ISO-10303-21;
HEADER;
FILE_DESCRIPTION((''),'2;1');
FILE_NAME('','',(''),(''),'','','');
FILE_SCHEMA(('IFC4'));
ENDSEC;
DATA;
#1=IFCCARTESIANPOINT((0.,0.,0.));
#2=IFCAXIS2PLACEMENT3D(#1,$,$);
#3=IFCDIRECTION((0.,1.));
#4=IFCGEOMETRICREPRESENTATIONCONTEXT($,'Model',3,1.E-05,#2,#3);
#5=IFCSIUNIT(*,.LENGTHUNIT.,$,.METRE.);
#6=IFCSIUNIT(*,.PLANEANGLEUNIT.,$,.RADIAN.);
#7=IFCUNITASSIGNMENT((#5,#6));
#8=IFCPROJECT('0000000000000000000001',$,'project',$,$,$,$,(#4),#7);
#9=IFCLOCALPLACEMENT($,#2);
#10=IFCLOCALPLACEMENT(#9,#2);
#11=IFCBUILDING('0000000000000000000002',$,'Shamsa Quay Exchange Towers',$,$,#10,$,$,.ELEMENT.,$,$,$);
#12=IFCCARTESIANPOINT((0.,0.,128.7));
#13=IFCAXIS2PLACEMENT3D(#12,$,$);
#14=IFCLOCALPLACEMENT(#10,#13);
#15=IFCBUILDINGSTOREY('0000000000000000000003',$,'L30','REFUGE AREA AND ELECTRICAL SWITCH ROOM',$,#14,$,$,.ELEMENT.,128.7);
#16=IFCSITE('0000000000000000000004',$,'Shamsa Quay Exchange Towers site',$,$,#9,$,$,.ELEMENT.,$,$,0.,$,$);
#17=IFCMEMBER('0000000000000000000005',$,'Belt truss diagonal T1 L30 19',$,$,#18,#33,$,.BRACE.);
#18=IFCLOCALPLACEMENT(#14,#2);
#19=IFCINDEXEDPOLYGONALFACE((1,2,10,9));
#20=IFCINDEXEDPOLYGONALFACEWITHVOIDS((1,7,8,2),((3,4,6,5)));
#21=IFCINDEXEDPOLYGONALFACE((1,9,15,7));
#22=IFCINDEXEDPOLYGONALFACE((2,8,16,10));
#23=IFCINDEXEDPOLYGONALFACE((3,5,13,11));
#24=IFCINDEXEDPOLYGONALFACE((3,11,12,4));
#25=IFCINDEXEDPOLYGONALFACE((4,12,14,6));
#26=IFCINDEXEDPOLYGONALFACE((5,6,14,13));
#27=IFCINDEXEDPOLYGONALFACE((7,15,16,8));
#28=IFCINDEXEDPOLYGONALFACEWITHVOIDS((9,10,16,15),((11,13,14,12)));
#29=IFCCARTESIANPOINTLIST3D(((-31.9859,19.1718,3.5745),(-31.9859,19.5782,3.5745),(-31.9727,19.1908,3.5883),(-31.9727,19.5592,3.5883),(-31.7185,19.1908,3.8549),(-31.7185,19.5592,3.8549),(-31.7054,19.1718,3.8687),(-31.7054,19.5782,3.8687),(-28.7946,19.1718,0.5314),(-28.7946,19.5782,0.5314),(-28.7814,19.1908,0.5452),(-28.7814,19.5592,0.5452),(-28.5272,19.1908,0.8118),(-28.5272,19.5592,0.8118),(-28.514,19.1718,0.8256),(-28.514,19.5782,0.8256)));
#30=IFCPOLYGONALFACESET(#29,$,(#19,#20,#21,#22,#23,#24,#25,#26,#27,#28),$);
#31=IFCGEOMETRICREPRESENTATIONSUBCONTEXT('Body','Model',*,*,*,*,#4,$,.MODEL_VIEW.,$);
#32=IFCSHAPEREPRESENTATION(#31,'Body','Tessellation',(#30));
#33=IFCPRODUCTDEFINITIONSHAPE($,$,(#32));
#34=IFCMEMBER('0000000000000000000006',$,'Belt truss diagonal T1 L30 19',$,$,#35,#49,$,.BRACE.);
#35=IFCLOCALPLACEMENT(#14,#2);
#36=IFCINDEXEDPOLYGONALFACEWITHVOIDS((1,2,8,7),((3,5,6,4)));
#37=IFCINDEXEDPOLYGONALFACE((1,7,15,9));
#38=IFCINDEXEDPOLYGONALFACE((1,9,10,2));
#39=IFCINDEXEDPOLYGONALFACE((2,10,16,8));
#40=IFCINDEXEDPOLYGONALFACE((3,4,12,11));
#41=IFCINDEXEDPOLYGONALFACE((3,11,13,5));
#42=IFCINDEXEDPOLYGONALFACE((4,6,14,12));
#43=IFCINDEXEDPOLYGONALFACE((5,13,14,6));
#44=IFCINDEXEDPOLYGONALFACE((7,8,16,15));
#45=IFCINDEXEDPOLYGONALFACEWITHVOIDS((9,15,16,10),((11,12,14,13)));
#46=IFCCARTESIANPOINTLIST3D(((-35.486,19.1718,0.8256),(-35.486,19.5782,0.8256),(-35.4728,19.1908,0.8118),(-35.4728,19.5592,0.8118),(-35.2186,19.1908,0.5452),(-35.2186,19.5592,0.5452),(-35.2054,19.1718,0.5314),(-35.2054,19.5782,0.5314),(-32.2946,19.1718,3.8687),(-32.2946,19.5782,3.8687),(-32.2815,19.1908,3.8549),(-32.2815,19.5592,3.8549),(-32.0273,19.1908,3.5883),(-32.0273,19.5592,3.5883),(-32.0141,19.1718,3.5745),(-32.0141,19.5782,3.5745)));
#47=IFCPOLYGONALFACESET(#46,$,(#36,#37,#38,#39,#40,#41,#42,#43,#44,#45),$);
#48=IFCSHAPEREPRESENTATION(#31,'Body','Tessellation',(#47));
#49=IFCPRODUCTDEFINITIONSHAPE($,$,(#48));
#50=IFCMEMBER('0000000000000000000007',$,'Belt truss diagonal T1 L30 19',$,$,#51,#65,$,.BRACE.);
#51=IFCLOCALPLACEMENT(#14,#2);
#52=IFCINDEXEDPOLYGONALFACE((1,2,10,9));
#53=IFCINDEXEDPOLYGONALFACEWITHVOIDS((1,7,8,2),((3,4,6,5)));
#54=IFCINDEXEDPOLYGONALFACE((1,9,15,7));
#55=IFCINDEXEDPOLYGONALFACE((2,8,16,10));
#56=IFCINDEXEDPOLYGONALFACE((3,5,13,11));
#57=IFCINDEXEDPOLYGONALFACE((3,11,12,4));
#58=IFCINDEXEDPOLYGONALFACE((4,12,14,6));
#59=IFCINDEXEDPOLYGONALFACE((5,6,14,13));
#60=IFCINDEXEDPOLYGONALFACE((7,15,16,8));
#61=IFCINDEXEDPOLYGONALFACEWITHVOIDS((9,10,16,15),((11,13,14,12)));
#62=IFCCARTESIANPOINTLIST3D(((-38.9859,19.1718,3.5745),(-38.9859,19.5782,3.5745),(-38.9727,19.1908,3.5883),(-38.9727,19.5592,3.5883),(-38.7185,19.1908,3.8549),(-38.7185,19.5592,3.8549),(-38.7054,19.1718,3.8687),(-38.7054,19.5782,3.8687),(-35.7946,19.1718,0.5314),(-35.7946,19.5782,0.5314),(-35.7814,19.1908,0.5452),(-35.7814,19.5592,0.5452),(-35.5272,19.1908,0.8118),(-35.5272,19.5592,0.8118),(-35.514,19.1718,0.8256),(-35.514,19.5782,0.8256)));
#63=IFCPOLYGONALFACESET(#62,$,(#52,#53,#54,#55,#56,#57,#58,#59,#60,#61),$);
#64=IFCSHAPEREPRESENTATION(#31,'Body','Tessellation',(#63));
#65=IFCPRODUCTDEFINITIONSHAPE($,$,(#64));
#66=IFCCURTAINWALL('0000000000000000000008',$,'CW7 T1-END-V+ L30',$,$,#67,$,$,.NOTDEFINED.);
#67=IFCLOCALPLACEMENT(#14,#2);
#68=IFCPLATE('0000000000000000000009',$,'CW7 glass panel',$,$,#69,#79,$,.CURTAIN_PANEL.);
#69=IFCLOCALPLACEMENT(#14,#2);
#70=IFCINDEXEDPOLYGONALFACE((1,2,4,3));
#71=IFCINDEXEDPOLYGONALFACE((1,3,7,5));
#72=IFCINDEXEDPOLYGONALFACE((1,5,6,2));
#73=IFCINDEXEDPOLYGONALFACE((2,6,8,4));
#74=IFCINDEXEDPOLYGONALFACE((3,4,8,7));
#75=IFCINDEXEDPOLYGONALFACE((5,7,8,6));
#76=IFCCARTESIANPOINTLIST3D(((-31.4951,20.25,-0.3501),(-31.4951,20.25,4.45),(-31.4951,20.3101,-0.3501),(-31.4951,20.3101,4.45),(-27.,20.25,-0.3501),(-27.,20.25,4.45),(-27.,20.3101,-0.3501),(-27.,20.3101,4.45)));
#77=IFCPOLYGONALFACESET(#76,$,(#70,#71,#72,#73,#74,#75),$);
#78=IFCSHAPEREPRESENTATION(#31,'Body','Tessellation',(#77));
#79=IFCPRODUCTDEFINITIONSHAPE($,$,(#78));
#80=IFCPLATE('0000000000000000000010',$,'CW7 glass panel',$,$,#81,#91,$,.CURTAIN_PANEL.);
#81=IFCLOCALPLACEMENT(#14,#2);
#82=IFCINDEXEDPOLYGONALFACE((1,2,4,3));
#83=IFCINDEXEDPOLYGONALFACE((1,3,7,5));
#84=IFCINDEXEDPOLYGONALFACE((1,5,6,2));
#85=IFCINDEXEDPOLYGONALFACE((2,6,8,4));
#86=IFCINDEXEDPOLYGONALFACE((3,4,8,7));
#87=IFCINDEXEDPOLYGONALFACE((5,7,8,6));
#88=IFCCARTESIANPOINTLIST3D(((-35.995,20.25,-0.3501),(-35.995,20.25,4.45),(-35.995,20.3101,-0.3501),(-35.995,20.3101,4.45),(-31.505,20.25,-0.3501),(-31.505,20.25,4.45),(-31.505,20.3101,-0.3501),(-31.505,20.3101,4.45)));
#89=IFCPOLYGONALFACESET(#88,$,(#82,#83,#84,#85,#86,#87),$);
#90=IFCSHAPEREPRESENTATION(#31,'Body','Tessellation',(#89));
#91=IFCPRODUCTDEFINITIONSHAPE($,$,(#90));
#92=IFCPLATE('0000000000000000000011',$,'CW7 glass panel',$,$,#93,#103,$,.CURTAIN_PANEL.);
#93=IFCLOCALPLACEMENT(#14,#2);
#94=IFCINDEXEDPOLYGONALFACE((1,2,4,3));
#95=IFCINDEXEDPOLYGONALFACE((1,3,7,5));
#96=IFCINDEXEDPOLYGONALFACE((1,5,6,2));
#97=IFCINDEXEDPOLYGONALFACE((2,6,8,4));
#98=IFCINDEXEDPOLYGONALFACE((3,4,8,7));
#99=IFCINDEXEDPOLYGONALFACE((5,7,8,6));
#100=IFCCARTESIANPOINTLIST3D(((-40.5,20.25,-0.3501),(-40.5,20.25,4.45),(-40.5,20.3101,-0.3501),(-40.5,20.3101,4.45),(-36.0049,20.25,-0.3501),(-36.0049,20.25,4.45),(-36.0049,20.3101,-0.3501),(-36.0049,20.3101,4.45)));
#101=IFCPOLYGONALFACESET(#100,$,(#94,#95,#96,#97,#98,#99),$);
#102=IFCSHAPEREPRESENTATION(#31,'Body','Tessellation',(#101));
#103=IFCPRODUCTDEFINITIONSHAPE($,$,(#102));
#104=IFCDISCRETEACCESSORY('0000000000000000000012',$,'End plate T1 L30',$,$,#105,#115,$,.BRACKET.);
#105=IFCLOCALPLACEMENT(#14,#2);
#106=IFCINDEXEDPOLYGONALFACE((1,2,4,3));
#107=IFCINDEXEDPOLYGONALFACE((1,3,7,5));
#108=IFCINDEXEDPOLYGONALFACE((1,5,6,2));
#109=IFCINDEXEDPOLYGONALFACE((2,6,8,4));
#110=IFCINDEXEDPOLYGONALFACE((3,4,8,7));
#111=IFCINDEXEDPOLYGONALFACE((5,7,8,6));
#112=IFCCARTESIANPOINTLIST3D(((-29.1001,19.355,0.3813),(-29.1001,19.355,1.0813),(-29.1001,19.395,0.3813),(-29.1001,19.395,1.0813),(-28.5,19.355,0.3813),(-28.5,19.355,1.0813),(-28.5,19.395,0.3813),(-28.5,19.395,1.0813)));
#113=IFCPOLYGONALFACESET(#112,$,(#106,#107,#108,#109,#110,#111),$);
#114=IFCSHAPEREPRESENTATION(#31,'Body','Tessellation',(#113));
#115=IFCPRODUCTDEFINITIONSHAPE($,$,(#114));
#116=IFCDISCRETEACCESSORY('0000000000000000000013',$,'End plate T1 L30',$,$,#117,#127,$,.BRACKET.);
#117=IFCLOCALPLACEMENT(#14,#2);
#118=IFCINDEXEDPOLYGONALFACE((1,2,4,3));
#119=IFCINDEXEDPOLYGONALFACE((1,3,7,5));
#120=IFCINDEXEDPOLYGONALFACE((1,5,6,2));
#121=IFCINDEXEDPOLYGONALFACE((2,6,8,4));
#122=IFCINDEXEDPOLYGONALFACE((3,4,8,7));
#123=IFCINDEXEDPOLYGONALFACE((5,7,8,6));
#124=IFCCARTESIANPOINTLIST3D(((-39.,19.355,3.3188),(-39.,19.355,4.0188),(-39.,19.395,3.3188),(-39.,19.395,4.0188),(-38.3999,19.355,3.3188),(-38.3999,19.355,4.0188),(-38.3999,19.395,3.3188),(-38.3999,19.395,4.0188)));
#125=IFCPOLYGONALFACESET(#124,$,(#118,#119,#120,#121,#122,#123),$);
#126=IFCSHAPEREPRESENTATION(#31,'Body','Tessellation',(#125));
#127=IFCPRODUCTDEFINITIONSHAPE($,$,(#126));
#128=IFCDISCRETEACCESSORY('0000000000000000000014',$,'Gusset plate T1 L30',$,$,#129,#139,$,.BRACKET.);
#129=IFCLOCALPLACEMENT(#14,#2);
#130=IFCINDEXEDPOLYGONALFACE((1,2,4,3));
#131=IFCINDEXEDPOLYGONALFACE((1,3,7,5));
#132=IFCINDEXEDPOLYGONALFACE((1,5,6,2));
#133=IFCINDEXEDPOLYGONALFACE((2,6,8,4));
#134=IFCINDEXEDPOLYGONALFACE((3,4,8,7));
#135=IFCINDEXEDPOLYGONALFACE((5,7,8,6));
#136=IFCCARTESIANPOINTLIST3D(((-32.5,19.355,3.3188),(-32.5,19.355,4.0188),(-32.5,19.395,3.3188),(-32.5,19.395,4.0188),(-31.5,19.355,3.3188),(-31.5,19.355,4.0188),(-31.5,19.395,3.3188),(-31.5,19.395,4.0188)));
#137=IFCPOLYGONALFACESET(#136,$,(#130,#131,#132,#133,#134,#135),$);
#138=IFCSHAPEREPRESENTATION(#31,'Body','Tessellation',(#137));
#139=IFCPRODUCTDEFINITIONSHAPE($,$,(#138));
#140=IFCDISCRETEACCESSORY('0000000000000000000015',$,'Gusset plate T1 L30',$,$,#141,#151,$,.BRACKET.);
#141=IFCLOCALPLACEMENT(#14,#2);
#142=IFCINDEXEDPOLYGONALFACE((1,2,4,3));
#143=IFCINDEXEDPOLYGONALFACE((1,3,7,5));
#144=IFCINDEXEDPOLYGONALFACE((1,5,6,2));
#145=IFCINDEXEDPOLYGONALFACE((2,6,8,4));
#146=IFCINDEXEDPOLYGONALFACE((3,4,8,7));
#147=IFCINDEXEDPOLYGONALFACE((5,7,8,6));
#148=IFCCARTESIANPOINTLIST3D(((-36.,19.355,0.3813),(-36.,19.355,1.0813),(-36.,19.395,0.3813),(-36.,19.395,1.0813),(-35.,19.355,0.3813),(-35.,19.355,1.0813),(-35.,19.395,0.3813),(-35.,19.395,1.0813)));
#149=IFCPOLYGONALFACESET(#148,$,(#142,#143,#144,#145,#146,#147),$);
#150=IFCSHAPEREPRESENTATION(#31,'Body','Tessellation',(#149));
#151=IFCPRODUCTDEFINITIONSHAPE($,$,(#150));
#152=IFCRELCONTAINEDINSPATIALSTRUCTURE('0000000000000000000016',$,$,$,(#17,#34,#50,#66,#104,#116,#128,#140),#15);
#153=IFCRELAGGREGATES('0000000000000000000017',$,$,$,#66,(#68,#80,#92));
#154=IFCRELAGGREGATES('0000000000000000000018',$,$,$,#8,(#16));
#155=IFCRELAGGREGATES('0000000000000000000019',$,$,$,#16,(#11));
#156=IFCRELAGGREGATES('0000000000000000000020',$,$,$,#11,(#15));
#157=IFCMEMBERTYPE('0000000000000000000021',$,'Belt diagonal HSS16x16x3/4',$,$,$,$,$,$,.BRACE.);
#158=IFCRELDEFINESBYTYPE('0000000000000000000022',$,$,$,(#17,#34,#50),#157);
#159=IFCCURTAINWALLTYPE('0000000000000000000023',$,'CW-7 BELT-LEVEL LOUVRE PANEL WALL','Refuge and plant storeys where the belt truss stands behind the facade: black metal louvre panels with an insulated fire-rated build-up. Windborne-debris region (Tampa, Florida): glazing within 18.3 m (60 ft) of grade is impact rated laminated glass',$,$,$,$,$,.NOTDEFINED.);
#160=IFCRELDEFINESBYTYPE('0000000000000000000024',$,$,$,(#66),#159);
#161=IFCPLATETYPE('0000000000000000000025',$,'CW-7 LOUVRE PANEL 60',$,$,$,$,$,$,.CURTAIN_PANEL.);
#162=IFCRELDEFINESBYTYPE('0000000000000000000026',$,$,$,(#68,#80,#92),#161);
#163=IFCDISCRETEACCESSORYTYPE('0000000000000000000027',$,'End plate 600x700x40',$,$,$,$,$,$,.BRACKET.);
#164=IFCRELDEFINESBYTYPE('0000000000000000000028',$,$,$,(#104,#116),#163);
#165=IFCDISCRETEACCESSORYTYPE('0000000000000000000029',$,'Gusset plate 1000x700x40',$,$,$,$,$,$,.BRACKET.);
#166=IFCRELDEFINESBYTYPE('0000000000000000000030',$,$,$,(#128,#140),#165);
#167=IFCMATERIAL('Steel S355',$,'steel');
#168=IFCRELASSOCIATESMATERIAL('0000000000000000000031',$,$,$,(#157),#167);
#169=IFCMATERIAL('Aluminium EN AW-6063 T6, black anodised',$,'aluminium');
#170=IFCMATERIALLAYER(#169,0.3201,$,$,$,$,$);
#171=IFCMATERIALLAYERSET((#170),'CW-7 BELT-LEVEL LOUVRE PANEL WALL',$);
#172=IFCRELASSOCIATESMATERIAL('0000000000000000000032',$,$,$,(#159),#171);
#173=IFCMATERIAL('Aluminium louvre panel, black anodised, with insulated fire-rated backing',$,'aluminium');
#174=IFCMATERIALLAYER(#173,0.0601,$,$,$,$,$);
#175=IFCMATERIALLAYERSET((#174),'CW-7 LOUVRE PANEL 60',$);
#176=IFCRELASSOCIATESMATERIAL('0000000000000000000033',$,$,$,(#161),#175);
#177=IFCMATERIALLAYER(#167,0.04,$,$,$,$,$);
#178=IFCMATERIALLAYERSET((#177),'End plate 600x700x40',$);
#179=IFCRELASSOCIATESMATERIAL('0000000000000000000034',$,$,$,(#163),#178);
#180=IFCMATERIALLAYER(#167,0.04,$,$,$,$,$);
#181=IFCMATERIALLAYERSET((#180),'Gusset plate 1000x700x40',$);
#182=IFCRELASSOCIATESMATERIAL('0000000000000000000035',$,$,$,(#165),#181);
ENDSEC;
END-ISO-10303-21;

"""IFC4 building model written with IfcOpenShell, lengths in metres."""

from ifc_helpers import new_model, si_unit, direction, frame, origin, origin_2d, place, context, subcontext, project, spatial, rectangle, hollow_rectangle, extrude, material, layer, layer_set, material_profile, profile_set, type_object, element, aggregate, save


model = new_model("IFC4")

# Units and contexts
model_context = context("Model", 3, precision=1e-05, world=origin(), true_north=direction((0.0, 1.0)))
body_context = subcontext(model_context, "Body", "Model", "MODEL_VIEW")
ifc_project = project(units=[si_unit("LENGTHUNIT", "METRE"), si_unit("PLANEANGLEUNIT", "RADIAN")], contexts=[model_context])

# Site, building, storey
site_placement = place(None, origin())
site = spatial("IfcSite", under=ifc_project, at=site_placement, Name="Shamsa Quay Exchange Towers site", CompositionType="ELEMENT", RefElevation=0.0)
building_placement = place(site_placement, origin())
building = spatial("IfcBuilding", under=site, at=building_placement, Name="Shamsa Quay Exchange Towers", CompositionType="ELEMENT")
storey_placement = place(building_placement, frame((0.0, 0.0, 128.7)))
storey = spatial("IfcBuildingStorey", under=building, at=storey_placement, Name="L30", Description="REFUGE AREA AND ELECTRICAL SWITCH ROOM", CompositionType="ELEMENT", Elevation=128.7)

# Members
ifc_material_1 = material(Name="Steel S355", Category="steel")
ifc_material_profile_1 = material_profile(ifc_material_1, hollow_rectangle(XDim=0.4065, YDim=0.4065, WallThickness=0.019, at=origin_2d()), Name="HSS16x16x3/4")
ifc_profile_set_1 = profile_set([ifc_material_profile_1], Name="Steel S355")
member_type_1 = type_object("IfcMemberType", Name="Belt diagonal HSS16x16x3/4", PredefinedType="BRACE", material=ifc_profile_set_1)
for number, where, z_axis, x_axis, name in (
    (1, (-28.6543, 19.375, 0.6785), (-0.72371, 0.0, 0.690104), (0.0, -1.0, 0.0), "Belt truss diagonal T1 L30 19"),
    (2, (-35.3457, 19.375, 0.6785), (0.72371, 0.0, 0.690104), (0.0, 1.0, 0.0), "Belt truss diagonal T1 L30 19"),
    (3, (-35.6543, 19.375, 0.6785), (-0.72371, 0.0, 0.690104), (0.0, -1.0, 0.0), "Belt truss diagonal T1 L30 19"),
):
    element("IfcMember", number, at=place(storey_placement, frame(where, z_axis=z_axis, x_axis=x_axis)), inside=storey, type_object=member_type_1, Name=name, PredefinedType="BRACE", context=body_context, shape_type="SweptSolid", body=[
        extrude(hollow_rectangle(XDim=0.4065, YDim=0.4065, WallThickness=0.019, at=origin_2d()), origin(), (0.0, 0.0, 1.0), 4.4097),
    ])

# Curtain wall, plates
ifc_material_2 = material(Name="Aluminium EN AW-6063 T6, black anodised", Category="aluminium")
ifc_layer_1 = layer(ifc_material_2, 0.3201)
ifc_layer_set_1 = layer_set([ifc_layer_1], Name="CW-7 BELT-LEVEL LOUVRE PANEL WALL")
curtain_wall_type = type_object("IfcCurtainWallType", Name="CW-7 BELT-LEVEL LOUVRE PANEL WALL", Description="Refuge and plant storeys where the belt truss stands behind the facade: black metal louvre panels with an insulated fire-rated build-up. Windborne-debris region (Tampa, Florida): glazing within 18.3 m (60 ft) of grade is impact rated laminated glass", PredefinedType="NOTDEFINED", material=ifc_layer_set_1)
curtain_wall_placement = place(storey_placement, origin())
curtain_wall = element("IfcCurtainWall", 4, at=curtain_wall_placement, inside=storey, type_object=curtain_wall_type, Name="CW7 T1-END-V+ L30", PredefinedType="NOTDEFINED")
ifc_material_3 = material(Name="Aluminium louvre panel, black anodised, with insulated fire-rated backing", Category="aluminium")
ifc_layer_2 = layer(ifc_material_3, 0.0601)
ifc_layer_set_2 = layer_set([ifc_layer_2], Name="CW-7 LOUVRE PANEL 60")
plate_type = type_object("IfcPlateType", Name="CW-7 LOUVRE PANEL 60", PredefinedType="CURTAIN_PANEL", material=ifc_layer_set_2)
plate_1_placement = place(storey_placement, frame((-29.2476, 20.28, -0.3501), z_axis=(0.0, 0.0, 1.0), x_axis=(-1.0, 0.0, 0.0)))
plate_1 = element("IfcPlate", 5, at=plate_1_placement, type_object=plate_type, Name="CW7 glass panel", PredefinedType="CURTAIN_PANEL", context=body_context, shape_type="SweptSolid", body=[
    extrude(rectangle(XDim=4.4951, YDim=0.0601, at=origin_2d()), origin(), (0.0, 0.0, 1.0), 4.8),
])
plate_2_placement = place(storey_placement, frame((-33.75, 20.28, -0.3501), z_axis=(0.0, 0.0, 1.0), x_axis=(-1.0, 0.0, 0.0)))
plate_2 = element("IfcPlate", 6, at=plate_2_placement, type_object=plate_type, Name="CW7 glass panel", PredefinedType="CURTAIN_PANEL", context=body_context, shape_type="SweptSolid", body=[
    extrude(rectangle(XDim=4.49, YDim=0.0601, at=origin_2d()), origin(), (0.0, 0.0, 1.0), 4.8),
])
plate_3_placement = place(storey_placement, frame((-38.2524, 20.28, -0.3501), z_axis=(0.0, 0.0, 1.0), x_axis=(-1.0, 0.0, 0.0)))
plate_3 = element("IfcPlate", 7, at=plate_3_placement, type_object=plate_type, Name="CW7 glass panel", PredefinedType="CURTAIN_PANEL", context=body_context, shape_type="SweptSolid", body=[
    extrude(rectangle(XDim=4.4951, YDim=0.0601, at=origin_2d()), origin(), (0.0, 0.0, 1.0), 4.8),
])
aggregate(curtain_wall, [plate_1, plate_2, plate_3])

# Discrete accessories
ifc_layer_3 = layer(ifc_material_1, 0.04)
ifc_layer_set_3 = layer_set([ifc_layer_3], Name="End plate 600x700x40")
discrete_accessory_type_1 = type_object("IfcDiscreteAccessoryType", Name="End plate 600x700x40", PredefinedType="BRACKET", material=ifc_layer_set_3)
for number, where, z_axis, x_axis, name in (
    (8, (-28.8, 19.375, 0.3813), (0.0, 0.0, 1.0), (-1.0, 0.0, 0.0), "End plate T1 L30"),
    (9, (-38.7, 19.375, 3.3188), (0.0, 0.0, 1.0), (-1.0, 0.0, 0.0), "End plate T1 L30"),
):
    element("IfcDiscreteAccessory", number, at=place(storey_placement, frame(where, z_axis=z_axis, x_axis=x_axis)), inside=storey, type_object=discrete_accessory_type_1, Name=name, PredefinedType="BRACKET", context=body_context, shape_type="SweptSolid", body=[
        extrude(rectangle(XDim=0.6001, YDim=0.04, at=origin_2d()), origin(), (0.0, 0.0, 1.0), 0.7),
    ])
ifc_layer_4 = layer(ifc_material_1, 0.04)
ifc_layer_set_4 = layer_set([ifc_layer_4], Name="Gusset plate 1000x700x40")
discrete_accessory_type_2 = type_object("IfcDiscreteAccessoryType", Name="Gusset plate 1000x700x40", PredefinedType="BRACKET", material=ifc_layer_set_4)
for number, where, z_axis, x_axis, name in (
    (10, (-32.0, 19.375, 3.3188), (0.0, 0.0, 1.0), (-1.0, 0.0, 0.0), "Gusset plate T1 L30"),
    (11, (-35.5, 19.375, 0.3813), (0.0, 0.0, 1.0), (-1.0, 0.0, 0.0), "Gusset plate T1 L30"),
):
    element("IfcDiscreteAccessory", number, at=place(storey_placement, frame(where, z_axis=z_axis, x_axis=x_axis)), inside=storey, type_object=discrete_accessory_type_2, Name=name, PredefinedType="BRACKET", context=body_context, shape_type="SweptSolid", body=[
        extrude(rectangle(XDim=1.0, YDim=0.04, at=origin_2d()), origin(), (0.0, 0.0, 1.0), 0.7),
    ])

save(model, "model.ifc")
